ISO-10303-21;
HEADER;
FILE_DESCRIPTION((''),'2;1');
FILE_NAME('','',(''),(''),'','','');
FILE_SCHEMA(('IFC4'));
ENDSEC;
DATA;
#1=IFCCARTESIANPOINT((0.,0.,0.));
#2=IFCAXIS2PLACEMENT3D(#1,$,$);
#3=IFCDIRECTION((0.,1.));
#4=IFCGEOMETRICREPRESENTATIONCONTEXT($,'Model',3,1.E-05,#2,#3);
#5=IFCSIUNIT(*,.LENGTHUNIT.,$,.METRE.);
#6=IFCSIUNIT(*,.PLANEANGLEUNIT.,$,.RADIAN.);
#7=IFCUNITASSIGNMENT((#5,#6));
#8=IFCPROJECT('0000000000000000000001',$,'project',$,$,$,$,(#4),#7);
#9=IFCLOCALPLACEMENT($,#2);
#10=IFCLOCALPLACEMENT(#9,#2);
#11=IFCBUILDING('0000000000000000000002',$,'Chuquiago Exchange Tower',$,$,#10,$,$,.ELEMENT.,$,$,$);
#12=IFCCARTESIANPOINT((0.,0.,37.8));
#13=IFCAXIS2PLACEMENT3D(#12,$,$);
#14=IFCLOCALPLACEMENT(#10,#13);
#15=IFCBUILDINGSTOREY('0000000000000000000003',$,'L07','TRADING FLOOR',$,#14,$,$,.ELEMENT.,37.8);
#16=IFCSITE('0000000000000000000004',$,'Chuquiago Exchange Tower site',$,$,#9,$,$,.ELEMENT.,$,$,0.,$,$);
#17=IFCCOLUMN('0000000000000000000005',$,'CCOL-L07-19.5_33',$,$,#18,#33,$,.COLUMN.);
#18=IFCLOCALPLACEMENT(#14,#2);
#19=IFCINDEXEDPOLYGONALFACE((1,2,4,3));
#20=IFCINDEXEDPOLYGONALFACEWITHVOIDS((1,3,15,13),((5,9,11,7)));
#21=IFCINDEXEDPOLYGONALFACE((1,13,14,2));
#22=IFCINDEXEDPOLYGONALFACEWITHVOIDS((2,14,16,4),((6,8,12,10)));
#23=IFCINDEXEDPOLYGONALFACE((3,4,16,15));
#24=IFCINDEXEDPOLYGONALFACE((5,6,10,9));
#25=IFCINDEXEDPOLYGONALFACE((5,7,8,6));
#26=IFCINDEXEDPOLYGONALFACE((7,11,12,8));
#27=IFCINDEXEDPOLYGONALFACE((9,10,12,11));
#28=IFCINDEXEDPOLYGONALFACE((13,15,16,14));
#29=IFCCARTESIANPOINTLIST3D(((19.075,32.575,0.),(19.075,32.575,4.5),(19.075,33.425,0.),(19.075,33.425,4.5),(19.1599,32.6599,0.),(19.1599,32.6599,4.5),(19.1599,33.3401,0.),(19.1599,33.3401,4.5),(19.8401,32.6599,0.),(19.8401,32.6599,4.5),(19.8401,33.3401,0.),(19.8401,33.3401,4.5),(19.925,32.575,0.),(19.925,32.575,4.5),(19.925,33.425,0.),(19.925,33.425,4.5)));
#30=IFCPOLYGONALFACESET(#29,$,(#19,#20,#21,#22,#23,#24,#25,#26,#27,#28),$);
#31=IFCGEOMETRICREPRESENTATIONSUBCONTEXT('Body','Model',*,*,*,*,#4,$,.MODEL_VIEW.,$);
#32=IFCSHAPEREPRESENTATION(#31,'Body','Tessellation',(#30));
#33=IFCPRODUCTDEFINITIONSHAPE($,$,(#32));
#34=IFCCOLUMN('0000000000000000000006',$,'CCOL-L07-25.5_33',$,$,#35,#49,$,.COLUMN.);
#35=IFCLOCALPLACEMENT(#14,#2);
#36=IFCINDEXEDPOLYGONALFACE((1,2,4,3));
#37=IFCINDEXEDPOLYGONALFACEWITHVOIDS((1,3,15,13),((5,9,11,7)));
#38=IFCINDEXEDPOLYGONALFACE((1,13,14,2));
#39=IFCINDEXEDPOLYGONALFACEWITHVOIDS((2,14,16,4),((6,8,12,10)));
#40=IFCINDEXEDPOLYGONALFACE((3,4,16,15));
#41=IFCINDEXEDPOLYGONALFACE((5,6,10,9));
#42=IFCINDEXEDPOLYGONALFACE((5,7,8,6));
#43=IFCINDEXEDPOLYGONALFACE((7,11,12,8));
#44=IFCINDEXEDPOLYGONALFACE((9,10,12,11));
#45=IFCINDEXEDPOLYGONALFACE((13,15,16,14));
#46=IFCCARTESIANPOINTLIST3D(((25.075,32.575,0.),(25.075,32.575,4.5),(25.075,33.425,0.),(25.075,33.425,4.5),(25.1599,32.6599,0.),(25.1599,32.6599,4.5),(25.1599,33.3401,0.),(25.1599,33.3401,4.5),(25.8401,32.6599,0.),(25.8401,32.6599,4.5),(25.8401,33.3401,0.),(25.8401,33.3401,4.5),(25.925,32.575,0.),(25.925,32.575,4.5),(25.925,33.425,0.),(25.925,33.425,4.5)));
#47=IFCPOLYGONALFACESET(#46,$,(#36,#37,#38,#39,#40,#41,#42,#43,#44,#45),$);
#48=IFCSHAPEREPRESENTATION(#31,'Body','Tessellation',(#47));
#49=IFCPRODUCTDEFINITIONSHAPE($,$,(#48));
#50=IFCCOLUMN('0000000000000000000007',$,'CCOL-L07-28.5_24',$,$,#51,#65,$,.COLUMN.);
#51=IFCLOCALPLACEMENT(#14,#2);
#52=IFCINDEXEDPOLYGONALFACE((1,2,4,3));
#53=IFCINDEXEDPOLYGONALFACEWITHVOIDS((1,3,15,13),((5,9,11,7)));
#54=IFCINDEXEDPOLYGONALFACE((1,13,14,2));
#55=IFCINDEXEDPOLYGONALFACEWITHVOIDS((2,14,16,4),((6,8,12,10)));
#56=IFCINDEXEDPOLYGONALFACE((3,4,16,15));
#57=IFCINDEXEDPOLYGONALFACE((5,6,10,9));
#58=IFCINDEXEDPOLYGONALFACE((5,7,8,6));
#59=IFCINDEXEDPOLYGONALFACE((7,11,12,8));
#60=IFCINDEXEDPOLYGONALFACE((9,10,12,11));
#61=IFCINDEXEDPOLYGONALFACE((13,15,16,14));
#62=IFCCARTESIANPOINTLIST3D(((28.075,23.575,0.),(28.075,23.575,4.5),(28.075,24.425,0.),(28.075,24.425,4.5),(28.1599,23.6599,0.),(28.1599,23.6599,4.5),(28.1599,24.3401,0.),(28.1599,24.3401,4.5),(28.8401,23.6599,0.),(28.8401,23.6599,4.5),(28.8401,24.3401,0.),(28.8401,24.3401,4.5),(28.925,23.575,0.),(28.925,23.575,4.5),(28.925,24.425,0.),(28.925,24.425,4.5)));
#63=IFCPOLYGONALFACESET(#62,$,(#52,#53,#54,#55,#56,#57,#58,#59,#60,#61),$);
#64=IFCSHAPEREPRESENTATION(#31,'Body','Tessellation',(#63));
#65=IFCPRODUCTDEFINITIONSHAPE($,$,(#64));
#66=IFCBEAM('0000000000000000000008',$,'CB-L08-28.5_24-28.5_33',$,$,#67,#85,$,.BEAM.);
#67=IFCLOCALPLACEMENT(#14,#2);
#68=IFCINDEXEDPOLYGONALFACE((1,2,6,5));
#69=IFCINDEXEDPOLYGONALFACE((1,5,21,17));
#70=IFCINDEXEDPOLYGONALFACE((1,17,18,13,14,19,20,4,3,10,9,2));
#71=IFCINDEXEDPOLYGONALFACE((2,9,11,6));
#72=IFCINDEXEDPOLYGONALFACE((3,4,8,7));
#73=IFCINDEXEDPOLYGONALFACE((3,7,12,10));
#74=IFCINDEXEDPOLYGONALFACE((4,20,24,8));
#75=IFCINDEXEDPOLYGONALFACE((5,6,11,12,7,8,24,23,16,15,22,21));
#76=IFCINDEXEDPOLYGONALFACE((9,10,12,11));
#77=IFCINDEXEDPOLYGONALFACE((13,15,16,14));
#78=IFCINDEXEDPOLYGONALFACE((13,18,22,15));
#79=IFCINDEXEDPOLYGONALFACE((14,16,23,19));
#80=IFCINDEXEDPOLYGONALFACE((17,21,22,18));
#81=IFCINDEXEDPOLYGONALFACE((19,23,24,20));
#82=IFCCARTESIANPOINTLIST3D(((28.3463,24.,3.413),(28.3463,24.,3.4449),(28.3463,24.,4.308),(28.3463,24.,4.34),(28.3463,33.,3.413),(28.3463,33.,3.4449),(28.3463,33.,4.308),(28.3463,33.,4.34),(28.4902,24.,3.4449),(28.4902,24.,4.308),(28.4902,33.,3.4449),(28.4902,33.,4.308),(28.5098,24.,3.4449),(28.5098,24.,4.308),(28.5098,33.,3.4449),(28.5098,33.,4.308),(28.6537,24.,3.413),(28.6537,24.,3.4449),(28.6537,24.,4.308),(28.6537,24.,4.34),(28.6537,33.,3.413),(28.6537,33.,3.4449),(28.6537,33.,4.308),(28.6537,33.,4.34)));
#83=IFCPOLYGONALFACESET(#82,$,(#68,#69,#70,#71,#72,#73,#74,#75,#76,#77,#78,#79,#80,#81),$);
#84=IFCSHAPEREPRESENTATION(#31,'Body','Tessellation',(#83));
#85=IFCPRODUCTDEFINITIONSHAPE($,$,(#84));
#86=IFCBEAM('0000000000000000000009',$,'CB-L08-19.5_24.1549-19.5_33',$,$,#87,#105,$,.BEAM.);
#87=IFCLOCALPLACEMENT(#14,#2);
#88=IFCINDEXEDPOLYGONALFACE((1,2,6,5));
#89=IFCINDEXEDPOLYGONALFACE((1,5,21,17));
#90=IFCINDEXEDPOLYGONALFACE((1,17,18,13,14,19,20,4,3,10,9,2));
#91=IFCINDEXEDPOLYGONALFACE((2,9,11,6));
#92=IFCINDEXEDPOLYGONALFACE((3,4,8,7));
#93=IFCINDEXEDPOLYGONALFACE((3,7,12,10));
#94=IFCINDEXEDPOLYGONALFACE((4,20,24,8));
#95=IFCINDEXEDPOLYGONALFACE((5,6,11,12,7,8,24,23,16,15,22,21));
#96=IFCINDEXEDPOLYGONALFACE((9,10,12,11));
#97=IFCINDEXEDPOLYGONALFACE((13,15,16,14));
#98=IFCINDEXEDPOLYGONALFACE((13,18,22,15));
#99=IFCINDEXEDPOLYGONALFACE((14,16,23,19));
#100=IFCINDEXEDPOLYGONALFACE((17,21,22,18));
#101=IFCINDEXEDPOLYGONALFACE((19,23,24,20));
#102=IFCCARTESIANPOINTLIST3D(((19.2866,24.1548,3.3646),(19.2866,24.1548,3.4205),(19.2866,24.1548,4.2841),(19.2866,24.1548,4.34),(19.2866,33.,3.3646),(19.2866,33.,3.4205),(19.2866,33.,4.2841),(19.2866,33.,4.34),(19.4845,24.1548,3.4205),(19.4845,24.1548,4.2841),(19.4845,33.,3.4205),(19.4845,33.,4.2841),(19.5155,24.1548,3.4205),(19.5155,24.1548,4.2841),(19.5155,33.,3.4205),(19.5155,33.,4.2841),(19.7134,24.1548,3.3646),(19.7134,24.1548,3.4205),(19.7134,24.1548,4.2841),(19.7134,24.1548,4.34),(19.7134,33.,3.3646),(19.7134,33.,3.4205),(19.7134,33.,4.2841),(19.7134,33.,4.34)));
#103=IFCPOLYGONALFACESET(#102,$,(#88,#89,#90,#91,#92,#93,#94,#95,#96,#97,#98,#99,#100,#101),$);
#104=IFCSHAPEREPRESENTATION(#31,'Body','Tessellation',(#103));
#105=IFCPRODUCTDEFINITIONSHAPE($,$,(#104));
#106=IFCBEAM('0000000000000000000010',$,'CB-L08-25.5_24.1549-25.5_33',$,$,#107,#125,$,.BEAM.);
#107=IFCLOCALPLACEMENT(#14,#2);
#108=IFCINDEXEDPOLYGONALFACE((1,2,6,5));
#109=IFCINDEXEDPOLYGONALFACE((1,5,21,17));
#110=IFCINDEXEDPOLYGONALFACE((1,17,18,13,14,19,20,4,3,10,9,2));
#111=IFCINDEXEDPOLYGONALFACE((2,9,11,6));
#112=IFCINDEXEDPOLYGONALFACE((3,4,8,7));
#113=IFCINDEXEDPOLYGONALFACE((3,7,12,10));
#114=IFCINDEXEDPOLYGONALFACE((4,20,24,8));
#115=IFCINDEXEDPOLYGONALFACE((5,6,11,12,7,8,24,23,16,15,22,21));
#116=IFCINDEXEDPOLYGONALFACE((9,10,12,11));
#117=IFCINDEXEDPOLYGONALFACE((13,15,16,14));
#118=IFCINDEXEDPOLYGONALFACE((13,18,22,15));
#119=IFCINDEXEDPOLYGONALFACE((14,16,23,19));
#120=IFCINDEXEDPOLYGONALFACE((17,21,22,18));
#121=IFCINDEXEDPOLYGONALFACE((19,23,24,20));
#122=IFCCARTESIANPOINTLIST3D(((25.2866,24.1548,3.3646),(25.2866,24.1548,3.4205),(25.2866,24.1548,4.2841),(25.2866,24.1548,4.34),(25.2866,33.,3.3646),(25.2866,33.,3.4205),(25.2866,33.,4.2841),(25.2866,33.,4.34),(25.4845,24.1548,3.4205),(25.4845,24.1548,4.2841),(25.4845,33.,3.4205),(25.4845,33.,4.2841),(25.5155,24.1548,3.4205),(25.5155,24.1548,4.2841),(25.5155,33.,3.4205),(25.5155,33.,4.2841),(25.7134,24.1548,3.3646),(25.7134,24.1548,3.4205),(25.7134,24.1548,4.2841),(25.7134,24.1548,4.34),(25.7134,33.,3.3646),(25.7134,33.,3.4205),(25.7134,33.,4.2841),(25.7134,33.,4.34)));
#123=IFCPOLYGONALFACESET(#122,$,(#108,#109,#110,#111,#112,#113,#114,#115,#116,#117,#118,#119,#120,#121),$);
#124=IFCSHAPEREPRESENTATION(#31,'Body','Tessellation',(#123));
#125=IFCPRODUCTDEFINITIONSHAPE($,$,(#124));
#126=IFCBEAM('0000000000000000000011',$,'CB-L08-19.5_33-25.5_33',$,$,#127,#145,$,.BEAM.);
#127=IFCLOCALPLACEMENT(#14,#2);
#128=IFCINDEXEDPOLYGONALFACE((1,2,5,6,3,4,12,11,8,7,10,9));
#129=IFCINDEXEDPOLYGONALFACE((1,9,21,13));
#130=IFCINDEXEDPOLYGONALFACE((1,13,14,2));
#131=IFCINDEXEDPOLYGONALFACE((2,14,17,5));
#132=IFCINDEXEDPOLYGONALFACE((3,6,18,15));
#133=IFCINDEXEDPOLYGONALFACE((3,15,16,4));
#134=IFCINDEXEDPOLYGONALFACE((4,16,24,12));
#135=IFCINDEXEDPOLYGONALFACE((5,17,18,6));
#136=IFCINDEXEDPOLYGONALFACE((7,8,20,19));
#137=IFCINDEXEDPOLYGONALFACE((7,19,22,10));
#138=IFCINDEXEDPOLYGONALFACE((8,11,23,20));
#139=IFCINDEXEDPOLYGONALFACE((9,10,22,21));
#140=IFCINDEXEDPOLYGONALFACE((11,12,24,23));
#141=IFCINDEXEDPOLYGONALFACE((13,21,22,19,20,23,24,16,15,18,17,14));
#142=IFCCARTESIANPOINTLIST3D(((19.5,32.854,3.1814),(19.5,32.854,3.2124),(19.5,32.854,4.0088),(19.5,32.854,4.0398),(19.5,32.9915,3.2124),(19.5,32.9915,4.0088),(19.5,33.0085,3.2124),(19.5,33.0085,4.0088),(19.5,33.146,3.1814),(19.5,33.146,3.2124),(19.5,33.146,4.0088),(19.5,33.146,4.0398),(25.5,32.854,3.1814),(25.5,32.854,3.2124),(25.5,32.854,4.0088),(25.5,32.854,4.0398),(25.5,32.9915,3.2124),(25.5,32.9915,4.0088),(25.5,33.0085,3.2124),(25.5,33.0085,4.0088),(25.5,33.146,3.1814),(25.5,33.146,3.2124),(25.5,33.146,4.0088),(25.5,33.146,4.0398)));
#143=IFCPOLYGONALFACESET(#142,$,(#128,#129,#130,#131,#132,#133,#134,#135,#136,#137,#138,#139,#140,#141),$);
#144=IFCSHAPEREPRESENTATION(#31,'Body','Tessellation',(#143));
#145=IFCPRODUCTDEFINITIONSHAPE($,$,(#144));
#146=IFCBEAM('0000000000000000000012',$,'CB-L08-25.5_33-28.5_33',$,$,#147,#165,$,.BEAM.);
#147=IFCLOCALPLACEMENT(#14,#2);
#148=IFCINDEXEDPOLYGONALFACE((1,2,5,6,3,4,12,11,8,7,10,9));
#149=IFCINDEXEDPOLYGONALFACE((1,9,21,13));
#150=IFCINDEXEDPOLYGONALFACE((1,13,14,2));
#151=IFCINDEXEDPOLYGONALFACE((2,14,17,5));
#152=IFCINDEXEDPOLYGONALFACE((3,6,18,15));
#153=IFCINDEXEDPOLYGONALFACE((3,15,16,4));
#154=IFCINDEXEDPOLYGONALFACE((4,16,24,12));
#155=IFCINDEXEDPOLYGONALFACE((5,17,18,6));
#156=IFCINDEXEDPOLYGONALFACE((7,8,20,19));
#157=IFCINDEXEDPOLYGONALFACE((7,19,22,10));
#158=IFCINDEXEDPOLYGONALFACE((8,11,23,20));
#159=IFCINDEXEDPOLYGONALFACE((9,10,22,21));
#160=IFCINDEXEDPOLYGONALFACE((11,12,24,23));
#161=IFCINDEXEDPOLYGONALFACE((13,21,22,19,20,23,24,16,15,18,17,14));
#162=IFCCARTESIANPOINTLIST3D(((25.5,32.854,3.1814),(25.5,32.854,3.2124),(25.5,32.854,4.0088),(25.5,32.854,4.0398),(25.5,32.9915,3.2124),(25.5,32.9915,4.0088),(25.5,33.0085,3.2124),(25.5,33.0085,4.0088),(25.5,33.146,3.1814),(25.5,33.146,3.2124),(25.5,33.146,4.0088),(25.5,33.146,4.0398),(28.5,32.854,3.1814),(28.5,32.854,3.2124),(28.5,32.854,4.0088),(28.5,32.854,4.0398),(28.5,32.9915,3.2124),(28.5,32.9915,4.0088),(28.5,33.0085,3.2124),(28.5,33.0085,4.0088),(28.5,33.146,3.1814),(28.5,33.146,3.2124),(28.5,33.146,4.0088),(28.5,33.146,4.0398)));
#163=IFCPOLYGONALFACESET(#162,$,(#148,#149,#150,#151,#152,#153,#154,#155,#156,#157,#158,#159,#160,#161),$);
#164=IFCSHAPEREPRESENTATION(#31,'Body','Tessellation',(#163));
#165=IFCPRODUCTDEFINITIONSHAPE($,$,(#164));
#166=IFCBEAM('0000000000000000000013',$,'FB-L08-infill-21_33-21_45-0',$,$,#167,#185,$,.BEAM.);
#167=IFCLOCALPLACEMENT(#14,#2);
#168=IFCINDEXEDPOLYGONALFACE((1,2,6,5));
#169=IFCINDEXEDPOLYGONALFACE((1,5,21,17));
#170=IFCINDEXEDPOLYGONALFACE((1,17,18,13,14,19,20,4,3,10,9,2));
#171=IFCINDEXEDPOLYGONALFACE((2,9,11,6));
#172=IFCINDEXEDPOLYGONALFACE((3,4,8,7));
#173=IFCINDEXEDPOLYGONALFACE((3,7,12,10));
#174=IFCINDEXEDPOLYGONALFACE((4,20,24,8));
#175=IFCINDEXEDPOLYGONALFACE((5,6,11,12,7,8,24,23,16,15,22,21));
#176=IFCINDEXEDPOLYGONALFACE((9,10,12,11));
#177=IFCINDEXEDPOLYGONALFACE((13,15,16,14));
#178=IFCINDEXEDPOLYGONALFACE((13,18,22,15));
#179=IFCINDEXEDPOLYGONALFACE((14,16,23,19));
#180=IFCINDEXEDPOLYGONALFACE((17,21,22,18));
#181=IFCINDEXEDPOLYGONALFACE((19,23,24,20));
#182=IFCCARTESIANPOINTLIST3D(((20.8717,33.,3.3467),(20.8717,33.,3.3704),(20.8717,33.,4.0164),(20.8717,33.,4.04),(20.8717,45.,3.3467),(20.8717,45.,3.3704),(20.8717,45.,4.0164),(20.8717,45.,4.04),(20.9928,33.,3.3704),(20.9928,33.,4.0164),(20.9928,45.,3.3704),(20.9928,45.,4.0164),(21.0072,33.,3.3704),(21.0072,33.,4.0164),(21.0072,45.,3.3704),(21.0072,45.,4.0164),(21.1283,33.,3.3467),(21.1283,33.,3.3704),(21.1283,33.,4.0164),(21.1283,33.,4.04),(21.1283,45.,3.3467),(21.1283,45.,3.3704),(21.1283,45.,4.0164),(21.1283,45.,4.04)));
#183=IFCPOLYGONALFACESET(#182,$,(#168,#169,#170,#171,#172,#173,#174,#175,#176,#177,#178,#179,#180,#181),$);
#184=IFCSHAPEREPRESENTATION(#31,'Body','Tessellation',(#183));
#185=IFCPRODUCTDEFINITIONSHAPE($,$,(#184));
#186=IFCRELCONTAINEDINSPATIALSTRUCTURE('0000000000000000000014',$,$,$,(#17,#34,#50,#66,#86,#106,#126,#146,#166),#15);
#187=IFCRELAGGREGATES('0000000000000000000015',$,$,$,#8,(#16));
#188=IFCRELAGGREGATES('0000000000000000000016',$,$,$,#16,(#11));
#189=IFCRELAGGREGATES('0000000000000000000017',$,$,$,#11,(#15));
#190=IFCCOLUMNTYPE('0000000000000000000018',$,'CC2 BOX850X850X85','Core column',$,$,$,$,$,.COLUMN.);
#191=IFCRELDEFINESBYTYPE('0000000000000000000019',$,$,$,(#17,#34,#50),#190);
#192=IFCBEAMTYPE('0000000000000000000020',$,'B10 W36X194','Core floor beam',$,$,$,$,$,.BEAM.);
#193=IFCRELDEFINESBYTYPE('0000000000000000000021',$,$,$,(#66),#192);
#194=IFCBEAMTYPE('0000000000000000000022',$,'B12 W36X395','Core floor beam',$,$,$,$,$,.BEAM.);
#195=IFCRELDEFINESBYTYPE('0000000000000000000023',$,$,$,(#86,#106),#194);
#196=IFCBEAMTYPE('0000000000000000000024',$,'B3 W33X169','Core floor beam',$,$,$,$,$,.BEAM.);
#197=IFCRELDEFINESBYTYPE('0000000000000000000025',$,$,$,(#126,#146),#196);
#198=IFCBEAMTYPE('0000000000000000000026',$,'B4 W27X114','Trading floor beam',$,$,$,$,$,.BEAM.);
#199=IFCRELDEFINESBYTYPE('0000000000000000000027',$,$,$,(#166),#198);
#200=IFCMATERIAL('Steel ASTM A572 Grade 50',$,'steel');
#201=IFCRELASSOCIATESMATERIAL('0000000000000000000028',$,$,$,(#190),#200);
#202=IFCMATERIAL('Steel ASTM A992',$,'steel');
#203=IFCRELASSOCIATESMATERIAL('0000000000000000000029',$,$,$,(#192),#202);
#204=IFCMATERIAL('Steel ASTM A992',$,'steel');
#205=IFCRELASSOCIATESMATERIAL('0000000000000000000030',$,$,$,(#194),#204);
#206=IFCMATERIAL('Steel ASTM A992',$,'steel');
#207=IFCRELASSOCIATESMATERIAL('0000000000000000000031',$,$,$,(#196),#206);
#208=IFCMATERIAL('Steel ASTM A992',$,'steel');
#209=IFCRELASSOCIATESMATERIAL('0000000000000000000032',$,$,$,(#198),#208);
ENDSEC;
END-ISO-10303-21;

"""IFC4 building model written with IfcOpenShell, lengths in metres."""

from ifc_helpers import new_model, si_unit, direction, frame, origin, origin_2d, place, context, subcontext, project, spatial, hollow_rectangle, i_section, extrude, material, material_profile, profile_set, type_object, element, save


model = new_model("IFC4")

# Units and contexts
model_context = context("Model", 3, precision=1e-05, world=origin(), true_north=direction((0.0, 1.0)))
body_context = subcontext(model_context, "Body", "Model", "MODEL_VIEW")
ifc_project = project(units=[si_unit("LENGTHUNIT", "METRE"), si_unit("PLANEANGLEUNIT", "RADIAN")], contexts=[model_context])

# Site, building, storey
site_placement = place(None, origin())
site = spatial("IfcSite", under=ifc_project, at=site_placement, Name="Chuquiago Exchange Tower site", CompositionType="ELEMENT", RefElevation=0.0)
building_placement = place(site_placement, origin())
building = spatial("IfcBuilding", under=site, at=building_placement, Name="Chuquiago Exchange Tower", CompositionType="ELEMENT")
storey_placement = place(building_placement, frame((0.0, 0.0, 37.8)))
storey = spatial("IfcBuildingStorey", under=building, at=storey_placement, Name="L07", Description="TRADING FLOOR", CompositionType="ELEMENT", Elevation=37.8)

# Columns
ifc_material_1 = material(Name="Steel ASTM A572 Grade 50", Category="steel")
ifc_material_profile_1 = material_profile(ifc_material_1, hollow_rectangle(XDim=0.8501, YDim=0.8501, WallThickness=0.085, at=origin_2d()), Name="BOX850X850X85")
ifc_profile_set_1 = profile_set([ifc_material_profile_1], Name="Steel ASTM A572 Grade 50")
column_type = type_object("IfcColumnType", Name="CC2 BOX850X850X85", Description="Core column", PredefinedType="COLUMN", material=ifc_profile_set_1)
for number, where, z_axis, x_axis, name in (
    (1, (19.5, 33.0, 0.0), (0.0, 0.0, 1.0), (1.0, 0.0, 0.0), "CCOL-L07-19.5_33"),
    (2, (25.5, 33.0, 0.0), (0.0, 0.0, 1.0), (1.0, 0.0, 0.0), "CCOL-L07-25.5_33"),
    (3, (28.5, 24.0, 0.0), (0.0, 0.0, 1.0), (1.0, 0.0, 0.0), "CCOL-L07-28.5_24"),
):
    element("IfcColumn", number, at=place(storey_placement, frame(where, z_axis=z_axis, x_axis=x_axis)), inside=storey, type_object=column_type, Name=name, PredefinedType="COLUMN", context=body_context, shape_type="SweptSolid", body=[
        extrude(hollow_rectangle(XDim=0.8501, YDim=0.8501, WallThickness=0.085, at=origin_2d()), origin(), (0.0, 0.0, 1.0), 4.5),
    ])

# Beams
ifc_material_2 = material(Name="Steel ASTM A992", Category="steel")
ifc_material_profile_2 = material_profile(ifc_material_2, i_section(OverallWidth=0.3074, OverallDepth=0.927, WebThickness=0.0195, FlangeThickness=0.032, at=origin_2d()), Name="W36X194")
ifc_profile_set_2 = profile_set([ifc_material_profile_2], Name="Steel ASTM A992")
beam_type_1 = type_object("IfcBeamType", Name="B10 W36X194", Description="Core floor beam", PredefinedType="BEAM", material=ifc_profile_set_2)
beam_1_placement = place(storey_placement, frame((28.5, 24.0, 3.8765), z_axis=(0.0, 1.0, 0.0), x_axis=(-1.0, 0.0, 0.0)))
element("IfcBeam", 4, at=beam_1_placement, inside=storey, type_object=beam_type_1, Name="CB-L08-28.5_24-28.5_33", PredefinedType="BEAM", context=body_context, shape_type="SweptSolid", body=[
    extrude(i_section(OverallWidth=0.3074, OverallDepth=0.927, WebThickness=0.0195, FlangeThickness=0.032, at=origin_2d()), origin(), (0.0, 0.0, 1.0), 9.0),
])
ifc_material_3 = material(Name="Steel ASTM A992", Category="steel")
ifc_material_profile_3 = material_profile(ifc_material_3, i_section(OverallWidth=0.4268, OverallDepth=0.9753, WebThickness=0.031, FlangeThickness=0.0559, at=origin_2d()), Name="W36X395")
ifc_profile_set_3 = profile_set([ifc_material_profile_3], Name="Steel ASTM A992")
beam_type_2 = type_object("IfcBeamType", Name="B12 W36X395", Description="Core floor beam", PredefinedType="BEAM", material=ifc_profile_set_3)
for number, where, z_axis, x_axis, name in (
    (5, (19.5, 24.1548, 3.8523), (0.0, 1.0, 0.0), (-1.0, 0.0, 0.0), "CB-L08-19.5_24.1549-19.5_33"),
    (6, (25.5, 24.1548, 3.8523), (0.0, 1.0, 0.0), (-1.0, 0.0, 0.0), "CB-L08-25.5_24.1549-25.5_33"),
):
    element("IfcBeam", number, at=place(storey_placement, frame(where, z_axis=z_axis, x_axis=x_axis)), inside=storey, type_object=beam_type_2, Name=name, PredefinedType="BEAM", context=body_context, shape_type="SweptSolid", body=[
        extrude(i_section(OverallWidth=0.4268, OverallDepth=0.9753, WebThickness=0.031, FlangeThickness=0.0559, at=origin_2d()), origin(), (0.0, 0.0, 1.0), 8.8452),
    ])
ifc_material_4 = material(Name="Steel ASTM A992", Category="steel")
ifc_material_profile_4 = material_profile(ifc_material_4, i_section(OverallWidth=0.292, OverallDepth=0.8584, WebThickness=0.0171, FlangeThickness=0.031, at=origin_2d()), Name="W33X169")
ifc_profile_set_4 = profile_set([ifc_material_profile_4], Name="Steel ASTM A992")
beam_type_3 = type_object("IfcBeamType", Name="B3 W33X169", Description="Core floor beam", PredefinedType="BEAM", material=ifc_profile_set_4)
beam_2_placement = place(storey_placement, frame((19.5, 33.0, 3.6106), z_axis=(1.0, 0.0, 0.0), x_axis=(0.0, 1.0, 0.0)))
element("IfcBeam", 7, at=beam_2_placement, inside=storey, type_object=beam_type_3, Name="CB-L08-19.5_33-25.5_33", PredefinedType="BEAM", context=body_context, shape_type="SweptSolid", body=[
    extrude(i_section(OverallWidth=0.292, OverallDepth=0.8584, WebThickness=0.0171, FlangeThickness=0.031, at=origin_2d()), origin(), (0.0, 0.0, 1.0), 6.0),
])
beam_3_placement = place(storey_placement, frame((25.5, 33.0, 3.6106), z_axis=(1.0, 0.0, 0.0), x_axis=(0.0, 1.0, 0.0)))
element("IfcBeam", 8, at=beam_3_placement, inside=storey, type_object=beam_type_3, Name="CB-L08-25.5_33-28.5_33", PredefinedType="BEAM", context=body_context, shape_type="SweptSolid", body=[
    extrude(i_section(OverallWidth=0.292, OverallDepth=0.8584, WebThickness=0.0171, FlangeThickness=0.031, at=origin_2d()), origin(), (0.0, 0.0, 1.0), 3.0),
])
ifc_material_5 = material(Name="Steel ASTM A992", Category="steel")
ifc_material_profile_5 = material_profile(ifc_material_5, i_section(OverallWidth=0.2566, OverallDepth=0.6934, WebThickness=0.0144, FlangeThickness=0.0237, at=origin_2d()), Name="W27X114")
ifc_profile_set_5 = profile_set([ifc_material_profile_5], Name="Steel ASTM A992")
beam_type_4 = type_object("IfcBeamType", Name="B4 W27X114", Description="Trading floor beam", PredefinedType="BEAM", material=ifc_profile_set_5)
for number, where, z_axis, x_axis, name in (
    (9, (21.0, 33.0, 3.6934), (0.0, 1.0, 0.0), (-1.0, 0.0, 0.0), "FB-L08-infill-21_33-21_45-0"),
):
    element("IfcBeam", number, at=place(storey_placement, frame(where, z_axis=z_axis, x_axis=x_axis)), inside=storey, type_object=beam_type_4, Name=name, PredefinedType="BEAM", context=body_context, shape_type="SweptSolid", body=[
        extrude(i_section(OverallWidth=0.2566, OverallDepth=0.6934, WebThickness=0.0144, FlangeThickness=0.0237, at=origin_2d()), origin(), (0.0, 0.0, 1.0), 12.0),
    ])

save(model, "model.ifc")
